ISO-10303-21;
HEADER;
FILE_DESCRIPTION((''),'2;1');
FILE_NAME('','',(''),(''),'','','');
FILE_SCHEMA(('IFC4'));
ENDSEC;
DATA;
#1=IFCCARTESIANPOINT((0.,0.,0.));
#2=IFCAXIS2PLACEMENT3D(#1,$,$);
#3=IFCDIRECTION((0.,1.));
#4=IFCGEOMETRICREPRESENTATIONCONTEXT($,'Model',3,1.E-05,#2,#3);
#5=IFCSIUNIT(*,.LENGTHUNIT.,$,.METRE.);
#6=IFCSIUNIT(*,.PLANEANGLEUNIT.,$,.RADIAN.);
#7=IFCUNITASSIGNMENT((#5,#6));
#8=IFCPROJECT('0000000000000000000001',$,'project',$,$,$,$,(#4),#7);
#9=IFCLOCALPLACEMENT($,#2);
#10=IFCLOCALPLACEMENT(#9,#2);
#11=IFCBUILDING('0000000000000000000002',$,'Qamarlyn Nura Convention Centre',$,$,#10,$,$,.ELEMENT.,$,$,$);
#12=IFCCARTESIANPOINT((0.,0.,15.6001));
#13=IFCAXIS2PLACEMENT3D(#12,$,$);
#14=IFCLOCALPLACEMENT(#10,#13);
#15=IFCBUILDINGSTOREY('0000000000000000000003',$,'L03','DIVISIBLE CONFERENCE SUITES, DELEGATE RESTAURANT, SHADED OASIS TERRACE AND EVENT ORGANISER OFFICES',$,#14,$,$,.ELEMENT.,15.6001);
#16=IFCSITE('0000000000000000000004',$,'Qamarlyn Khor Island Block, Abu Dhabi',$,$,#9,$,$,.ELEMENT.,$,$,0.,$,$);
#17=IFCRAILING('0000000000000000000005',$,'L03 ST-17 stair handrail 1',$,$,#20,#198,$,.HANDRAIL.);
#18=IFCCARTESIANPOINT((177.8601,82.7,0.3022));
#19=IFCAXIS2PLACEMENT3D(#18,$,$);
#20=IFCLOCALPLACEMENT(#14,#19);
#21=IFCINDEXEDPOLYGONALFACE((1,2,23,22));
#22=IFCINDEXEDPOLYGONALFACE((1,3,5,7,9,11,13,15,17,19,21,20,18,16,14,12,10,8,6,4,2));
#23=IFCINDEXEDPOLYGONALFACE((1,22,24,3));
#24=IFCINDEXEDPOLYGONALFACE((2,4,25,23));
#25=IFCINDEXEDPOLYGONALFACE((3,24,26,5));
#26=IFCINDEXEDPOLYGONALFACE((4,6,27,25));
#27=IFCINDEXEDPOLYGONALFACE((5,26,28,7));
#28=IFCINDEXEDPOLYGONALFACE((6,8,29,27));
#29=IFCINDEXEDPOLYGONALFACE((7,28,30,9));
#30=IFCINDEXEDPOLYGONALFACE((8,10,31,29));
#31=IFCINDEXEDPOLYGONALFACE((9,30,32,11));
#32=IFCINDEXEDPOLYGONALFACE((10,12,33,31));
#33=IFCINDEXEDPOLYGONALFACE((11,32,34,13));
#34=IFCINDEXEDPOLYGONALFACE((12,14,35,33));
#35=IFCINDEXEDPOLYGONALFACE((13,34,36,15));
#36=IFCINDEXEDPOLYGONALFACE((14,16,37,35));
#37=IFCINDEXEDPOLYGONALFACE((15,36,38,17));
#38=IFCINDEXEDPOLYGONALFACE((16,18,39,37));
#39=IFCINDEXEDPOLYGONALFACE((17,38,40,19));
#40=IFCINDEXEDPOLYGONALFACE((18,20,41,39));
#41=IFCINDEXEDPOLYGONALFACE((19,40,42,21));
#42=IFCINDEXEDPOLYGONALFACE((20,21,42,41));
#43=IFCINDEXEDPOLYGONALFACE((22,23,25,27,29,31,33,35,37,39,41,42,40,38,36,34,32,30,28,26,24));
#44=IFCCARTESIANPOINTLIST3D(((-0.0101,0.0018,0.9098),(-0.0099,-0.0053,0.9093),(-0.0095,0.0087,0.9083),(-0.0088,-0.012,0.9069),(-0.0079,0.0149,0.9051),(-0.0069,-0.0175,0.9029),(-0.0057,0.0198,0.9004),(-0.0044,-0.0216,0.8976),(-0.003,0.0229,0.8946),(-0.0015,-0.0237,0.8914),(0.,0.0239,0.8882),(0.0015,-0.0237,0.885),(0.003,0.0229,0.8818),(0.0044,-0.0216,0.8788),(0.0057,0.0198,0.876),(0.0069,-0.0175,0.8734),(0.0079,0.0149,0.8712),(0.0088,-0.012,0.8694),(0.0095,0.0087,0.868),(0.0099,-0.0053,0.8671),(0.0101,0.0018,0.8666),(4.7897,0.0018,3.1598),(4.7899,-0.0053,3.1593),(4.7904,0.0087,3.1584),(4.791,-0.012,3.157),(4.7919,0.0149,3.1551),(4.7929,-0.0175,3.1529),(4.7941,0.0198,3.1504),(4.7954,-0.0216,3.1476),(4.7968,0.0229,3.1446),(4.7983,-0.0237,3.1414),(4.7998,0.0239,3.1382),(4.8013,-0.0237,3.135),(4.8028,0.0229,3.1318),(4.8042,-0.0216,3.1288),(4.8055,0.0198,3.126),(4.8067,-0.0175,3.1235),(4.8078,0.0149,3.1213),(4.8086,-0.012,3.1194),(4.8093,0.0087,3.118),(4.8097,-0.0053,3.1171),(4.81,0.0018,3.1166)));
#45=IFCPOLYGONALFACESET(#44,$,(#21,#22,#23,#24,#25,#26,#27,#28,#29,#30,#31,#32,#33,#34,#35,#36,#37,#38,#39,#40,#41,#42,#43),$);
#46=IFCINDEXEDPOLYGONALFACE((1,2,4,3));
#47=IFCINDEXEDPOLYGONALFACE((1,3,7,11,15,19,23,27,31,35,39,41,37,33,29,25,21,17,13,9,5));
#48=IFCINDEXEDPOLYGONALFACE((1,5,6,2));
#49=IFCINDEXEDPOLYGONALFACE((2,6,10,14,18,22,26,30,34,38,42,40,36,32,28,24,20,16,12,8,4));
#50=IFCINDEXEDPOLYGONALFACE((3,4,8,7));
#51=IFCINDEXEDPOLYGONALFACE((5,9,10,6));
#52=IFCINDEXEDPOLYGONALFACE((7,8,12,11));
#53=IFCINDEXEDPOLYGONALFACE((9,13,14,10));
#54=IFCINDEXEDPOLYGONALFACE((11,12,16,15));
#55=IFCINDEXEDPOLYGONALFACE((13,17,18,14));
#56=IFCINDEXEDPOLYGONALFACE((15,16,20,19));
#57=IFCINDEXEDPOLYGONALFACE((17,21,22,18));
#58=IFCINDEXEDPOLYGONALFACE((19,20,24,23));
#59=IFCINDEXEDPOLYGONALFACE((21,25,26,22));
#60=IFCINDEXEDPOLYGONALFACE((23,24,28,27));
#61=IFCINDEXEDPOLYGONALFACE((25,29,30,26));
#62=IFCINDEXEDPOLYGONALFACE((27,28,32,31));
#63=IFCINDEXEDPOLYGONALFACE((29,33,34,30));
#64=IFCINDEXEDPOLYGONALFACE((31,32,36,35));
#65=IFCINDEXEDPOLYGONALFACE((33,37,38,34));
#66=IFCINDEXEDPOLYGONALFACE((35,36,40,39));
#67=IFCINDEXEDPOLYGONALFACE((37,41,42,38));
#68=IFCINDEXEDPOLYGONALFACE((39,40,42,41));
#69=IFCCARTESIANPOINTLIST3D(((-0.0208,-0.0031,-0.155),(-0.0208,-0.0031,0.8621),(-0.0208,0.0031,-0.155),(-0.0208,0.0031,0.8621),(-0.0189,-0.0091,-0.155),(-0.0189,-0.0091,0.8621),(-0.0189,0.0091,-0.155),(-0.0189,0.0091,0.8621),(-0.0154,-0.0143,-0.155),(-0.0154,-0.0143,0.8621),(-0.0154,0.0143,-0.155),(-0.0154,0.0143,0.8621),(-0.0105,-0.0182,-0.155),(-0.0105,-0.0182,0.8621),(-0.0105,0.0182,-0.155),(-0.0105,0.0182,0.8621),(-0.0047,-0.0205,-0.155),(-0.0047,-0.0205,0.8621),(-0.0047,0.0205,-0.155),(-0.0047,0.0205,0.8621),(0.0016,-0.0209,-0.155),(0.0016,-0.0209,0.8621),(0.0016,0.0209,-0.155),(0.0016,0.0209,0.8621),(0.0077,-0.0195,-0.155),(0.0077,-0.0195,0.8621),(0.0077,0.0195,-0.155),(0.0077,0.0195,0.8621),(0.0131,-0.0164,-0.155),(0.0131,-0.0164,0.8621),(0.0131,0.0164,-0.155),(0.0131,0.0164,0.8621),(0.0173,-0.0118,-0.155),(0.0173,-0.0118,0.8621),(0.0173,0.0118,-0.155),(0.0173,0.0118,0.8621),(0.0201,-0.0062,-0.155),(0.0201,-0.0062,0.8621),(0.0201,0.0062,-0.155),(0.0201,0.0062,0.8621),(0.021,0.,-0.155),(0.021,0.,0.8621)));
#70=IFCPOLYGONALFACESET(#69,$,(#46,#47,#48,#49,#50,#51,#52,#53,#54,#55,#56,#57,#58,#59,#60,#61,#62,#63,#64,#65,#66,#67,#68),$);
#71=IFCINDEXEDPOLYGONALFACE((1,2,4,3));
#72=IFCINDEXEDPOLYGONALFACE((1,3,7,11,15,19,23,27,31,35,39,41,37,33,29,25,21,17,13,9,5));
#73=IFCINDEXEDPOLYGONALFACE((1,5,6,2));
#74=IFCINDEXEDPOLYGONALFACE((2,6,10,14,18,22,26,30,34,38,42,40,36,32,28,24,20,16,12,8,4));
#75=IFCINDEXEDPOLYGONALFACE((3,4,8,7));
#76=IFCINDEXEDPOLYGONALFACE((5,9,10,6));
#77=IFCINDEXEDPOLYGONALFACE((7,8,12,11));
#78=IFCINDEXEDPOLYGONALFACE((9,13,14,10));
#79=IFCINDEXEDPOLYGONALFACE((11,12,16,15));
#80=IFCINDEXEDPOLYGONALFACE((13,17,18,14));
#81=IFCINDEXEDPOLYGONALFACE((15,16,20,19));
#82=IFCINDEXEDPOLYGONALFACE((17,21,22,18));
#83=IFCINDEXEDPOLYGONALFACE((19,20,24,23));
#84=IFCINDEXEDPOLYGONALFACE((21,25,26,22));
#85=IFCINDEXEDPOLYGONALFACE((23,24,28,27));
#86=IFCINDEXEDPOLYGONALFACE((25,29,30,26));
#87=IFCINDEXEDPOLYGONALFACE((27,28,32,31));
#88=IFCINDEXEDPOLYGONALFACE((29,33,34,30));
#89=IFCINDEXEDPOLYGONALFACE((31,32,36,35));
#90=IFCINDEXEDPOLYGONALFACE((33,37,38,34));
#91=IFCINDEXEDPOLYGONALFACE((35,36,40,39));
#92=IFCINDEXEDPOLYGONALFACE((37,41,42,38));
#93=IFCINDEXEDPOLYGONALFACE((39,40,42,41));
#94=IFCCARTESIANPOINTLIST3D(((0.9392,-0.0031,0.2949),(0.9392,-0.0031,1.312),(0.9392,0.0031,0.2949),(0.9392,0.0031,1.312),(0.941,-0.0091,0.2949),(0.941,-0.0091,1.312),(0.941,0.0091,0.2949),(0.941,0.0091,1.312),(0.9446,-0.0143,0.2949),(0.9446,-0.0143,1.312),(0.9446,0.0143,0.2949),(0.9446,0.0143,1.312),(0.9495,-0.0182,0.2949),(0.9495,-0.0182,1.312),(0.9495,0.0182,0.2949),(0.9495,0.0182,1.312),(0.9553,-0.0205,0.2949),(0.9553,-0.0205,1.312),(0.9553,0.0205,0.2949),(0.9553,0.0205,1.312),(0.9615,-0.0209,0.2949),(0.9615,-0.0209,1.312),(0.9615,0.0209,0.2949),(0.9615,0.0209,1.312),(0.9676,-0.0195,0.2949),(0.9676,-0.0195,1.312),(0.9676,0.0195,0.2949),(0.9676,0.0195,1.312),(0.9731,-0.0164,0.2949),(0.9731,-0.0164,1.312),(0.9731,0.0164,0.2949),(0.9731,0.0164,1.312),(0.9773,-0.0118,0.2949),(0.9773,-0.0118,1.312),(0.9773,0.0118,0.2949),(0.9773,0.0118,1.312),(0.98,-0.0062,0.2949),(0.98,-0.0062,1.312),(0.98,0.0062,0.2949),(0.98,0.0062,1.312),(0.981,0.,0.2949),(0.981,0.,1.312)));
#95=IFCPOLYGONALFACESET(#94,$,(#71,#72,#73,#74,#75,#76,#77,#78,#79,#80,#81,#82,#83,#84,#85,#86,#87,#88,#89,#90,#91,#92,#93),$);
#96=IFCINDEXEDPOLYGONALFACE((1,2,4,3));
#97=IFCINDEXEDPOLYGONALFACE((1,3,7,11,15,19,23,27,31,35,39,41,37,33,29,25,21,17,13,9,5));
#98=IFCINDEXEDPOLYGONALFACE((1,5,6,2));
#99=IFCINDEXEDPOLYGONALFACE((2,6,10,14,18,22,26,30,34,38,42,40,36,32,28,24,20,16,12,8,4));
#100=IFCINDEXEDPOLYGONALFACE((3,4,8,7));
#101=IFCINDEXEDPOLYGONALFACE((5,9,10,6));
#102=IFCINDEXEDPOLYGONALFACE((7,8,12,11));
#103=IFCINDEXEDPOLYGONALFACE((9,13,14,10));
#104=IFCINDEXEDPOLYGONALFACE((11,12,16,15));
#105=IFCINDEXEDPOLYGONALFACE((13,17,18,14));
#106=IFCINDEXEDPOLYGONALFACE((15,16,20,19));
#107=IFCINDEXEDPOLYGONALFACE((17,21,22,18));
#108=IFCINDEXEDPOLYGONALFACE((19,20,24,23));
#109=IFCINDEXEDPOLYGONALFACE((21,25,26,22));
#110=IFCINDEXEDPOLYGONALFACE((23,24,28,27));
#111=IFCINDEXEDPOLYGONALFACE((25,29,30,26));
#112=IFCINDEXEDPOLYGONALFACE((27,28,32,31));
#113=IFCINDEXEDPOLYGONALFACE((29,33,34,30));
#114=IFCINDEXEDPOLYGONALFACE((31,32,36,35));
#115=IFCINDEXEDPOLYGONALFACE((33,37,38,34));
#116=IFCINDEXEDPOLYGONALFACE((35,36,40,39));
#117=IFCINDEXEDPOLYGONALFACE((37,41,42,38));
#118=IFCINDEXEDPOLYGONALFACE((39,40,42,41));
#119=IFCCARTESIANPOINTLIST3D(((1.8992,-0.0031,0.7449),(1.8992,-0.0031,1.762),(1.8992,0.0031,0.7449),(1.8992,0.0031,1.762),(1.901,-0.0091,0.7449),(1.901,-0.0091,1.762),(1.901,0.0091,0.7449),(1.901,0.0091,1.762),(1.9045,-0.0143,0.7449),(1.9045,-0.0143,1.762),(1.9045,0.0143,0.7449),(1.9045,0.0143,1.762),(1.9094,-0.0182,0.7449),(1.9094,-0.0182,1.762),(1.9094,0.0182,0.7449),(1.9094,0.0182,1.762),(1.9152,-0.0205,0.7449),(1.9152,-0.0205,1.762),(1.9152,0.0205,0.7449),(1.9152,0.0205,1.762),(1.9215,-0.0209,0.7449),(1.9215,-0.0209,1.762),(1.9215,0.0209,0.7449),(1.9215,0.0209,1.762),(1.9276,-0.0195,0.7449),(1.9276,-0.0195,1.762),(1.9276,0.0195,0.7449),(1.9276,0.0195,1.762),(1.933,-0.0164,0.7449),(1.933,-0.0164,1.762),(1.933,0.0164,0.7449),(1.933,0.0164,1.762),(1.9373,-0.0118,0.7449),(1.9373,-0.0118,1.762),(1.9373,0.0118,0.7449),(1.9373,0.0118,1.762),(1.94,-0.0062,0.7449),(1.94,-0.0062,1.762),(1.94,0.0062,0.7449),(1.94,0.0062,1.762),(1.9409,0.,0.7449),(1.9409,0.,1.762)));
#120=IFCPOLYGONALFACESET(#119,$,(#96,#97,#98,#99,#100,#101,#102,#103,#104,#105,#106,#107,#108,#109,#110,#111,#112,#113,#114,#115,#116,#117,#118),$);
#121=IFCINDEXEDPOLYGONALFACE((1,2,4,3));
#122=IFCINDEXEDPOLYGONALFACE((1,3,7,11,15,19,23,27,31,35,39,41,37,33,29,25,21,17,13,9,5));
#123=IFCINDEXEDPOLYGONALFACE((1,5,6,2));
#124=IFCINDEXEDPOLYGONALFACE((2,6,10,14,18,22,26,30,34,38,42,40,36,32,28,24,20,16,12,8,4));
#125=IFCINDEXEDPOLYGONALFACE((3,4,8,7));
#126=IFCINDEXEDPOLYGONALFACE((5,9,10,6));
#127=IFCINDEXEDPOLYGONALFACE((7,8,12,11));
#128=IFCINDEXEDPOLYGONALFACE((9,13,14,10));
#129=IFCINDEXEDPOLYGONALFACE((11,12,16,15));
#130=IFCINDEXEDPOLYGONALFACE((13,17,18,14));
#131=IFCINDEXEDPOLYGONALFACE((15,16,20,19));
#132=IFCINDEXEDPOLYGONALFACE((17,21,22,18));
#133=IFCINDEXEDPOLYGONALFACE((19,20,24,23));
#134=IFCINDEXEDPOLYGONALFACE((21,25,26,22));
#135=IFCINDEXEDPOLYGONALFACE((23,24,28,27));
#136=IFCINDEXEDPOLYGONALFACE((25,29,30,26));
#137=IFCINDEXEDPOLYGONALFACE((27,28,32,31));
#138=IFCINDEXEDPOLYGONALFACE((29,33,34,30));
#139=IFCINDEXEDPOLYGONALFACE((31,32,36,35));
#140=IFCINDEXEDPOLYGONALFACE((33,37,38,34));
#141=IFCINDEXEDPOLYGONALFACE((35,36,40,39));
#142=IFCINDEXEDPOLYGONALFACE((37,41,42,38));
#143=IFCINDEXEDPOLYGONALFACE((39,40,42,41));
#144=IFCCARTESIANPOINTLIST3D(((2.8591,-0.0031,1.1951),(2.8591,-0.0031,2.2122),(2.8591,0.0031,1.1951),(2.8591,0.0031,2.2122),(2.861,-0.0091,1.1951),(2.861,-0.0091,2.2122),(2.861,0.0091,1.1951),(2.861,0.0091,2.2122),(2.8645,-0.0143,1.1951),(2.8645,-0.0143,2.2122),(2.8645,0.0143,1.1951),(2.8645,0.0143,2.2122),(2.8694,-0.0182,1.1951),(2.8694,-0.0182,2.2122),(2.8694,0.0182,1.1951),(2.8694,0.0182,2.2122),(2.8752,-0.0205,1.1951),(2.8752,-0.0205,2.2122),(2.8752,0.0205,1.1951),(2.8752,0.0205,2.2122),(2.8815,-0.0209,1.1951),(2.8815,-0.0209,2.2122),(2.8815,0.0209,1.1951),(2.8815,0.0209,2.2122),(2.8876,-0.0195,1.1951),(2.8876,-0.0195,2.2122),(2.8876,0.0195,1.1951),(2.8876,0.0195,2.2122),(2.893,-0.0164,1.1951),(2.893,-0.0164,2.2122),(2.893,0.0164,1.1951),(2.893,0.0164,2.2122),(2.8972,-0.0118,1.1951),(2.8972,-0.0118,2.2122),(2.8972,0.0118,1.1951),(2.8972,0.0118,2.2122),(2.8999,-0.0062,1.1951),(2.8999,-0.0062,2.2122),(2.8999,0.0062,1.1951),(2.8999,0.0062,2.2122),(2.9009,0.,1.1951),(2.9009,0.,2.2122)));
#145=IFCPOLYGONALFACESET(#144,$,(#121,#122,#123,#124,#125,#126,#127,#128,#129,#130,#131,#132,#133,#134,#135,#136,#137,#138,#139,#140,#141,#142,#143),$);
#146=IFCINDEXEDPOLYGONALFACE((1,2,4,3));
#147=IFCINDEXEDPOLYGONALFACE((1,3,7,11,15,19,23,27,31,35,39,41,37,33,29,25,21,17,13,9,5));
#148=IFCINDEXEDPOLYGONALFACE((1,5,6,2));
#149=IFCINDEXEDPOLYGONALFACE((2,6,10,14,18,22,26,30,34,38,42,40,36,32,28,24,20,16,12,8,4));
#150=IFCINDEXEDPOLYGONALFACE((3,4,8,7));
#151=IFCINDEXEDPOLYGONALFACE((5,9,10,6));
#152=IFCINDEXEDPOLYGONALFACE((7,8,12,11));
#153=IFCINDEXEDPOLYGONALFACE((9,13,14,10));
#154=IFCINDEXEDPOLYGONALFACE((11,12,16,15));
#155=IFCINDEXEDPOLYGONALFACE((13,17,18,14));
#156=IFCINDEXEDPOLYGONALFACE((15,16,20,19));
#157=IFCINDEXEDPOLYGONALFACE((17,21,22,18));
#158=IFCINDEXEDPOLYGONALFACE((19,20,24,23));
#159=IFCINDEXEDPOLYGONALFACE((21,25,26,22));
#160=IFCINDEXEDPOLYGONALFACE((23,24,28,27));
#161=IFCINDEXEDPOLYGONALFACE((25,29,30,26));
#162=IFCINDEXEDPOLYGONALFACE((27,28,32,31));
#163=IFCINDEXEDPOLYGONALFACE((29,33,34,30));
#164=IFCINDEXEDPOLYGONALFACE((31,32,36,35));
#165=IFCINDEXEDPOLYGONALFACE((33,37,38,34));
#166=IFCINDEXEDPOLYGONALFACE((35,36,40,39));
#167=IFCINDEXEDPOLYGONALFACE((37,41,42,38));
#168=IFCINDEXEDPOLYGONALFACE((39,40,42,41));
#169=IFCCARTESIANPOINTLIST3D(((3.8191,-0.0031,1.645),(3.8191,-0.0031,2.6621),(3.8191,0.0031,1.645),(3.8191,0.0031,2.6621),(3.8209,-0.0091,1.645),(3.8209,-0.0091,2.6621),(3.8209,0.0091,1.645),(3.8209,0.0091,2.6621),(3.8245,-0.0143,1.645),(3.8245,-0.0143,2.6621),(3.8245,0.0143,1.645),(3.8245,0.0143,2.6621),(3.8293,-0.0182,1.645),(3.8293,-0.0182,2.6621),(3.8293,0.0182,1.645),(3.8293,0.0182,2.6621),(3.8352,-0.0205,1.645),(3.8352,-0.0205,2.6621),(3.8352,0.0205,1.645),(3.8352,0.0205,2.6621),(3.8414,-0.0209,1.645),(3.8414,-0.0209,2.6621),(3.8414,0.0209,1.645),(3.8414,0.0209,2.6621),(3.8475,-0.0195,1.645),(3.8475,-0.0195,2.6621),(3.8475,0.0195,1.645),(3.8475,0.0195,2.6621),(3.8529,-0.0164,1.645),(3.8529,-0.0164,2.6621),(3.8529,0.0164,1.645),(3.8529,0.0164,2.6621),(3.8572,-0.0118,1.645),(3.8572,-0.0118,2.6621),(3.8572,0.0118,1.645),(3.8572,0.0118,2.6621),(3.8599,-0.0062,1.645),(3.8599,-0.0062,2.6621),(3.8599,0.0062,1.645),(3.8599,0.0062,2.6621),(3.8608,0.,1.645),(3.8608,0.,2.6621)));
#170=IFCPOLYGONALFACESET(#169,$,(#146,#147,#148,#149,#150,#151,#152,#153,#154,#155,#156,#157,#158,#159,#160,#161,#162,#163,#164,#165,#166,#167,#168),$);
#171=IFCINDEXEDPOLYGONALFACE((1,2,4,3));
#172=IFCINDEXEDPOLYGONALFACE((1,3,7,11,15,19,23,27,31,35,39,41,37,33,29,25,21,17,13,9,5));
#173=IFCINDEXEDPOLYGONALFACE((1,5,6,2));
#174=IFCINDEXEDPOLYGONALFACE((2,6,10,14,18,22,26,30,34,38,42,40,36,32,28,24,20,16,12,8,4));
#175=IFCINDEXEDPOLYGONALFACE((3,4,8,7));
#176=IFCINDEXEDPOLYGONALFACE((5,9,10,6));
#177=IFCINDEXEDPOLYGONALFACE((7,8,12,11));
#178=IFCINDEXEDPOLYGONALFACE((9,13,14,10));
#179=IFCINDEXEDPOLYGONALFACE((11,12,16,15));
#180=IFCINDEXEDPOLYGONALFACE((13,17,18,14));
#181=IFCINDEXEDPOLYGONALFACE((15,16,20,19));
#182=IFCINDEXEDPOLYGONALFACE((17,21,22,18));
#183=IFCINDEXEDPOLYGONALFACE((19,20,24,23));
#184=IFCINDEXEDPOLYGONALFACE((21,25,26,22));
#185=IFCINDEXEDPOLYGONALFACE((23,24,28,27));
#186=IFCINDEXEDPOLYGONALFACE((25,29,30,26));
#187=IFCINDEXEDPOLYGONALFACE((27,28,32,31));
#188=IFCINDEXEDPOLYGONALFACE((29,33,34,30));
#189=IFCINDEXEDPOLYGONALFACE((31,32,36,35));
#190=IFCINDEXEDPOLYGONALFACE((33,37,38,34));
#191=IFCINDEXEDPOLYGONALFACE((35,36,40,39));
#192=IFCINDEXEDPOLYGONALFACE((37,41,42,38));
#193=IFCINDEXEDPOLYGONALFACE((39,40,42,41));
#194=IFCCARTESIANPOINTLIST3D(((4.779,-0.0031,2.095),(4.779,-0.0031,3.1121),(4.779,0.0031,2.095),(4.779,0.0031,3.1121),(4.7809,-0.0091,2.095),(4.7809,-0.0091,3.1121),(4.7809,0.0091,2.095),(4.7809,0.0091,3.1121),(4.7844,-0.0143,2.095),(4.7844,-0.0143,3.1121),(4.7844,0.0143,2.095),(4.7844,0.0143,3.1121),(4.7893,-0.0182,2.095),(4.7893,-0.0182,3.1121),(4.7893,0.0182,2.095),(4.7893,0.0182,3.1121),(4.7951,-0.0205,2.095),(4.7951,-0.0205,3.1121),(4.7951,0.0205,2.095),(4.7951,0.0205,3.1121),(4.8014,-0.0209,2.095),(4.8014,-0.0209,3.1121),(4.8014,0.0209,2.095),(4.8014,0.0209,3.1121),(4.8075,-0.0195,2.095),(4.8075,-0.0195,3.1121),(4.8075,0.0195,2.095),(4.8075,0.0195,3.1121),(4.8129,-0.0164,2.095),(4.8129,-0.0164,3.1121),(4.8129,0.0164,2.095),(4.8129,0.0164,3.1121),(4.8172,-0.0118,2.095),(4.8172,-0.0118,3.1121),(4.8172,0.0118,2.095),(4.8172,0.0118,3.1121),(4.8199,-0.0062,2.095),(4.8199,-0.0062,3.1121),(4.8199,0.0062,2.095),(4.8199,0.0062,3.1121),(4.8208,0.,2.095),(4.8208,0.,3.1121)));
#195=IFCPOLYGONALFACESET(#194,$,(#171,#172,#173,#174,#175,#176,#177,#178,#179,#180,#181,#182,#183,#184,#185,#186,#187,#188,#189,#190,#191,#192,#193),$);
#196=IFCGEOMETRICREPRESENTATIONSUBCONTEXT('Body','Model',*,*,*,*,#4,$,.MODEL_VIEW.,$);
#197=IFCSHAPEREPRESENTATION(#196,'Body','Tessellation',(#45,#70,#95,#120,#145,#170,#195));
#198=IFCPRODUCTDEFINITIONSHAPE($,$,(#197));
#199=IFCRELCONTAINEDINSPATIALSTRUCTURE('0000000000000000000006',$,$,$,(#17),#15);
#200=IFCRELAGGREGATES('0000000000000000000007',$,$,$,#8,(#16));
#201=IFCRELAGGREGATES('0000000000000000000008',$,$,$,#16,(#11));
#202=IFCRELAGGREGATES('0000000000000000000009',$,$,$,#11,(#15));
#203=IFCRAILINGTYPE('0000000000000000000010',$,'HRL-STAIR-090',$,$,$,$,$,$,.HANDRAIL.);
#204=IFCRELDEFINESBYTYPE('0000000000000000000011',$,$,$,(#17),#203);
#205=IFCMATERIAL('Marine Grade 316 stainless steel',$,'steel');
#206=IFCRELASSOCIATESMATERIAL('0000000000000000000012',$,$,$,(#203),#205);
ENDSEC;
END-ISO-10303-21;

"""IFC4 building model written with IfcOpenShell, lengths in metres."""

from ifc_helpers import new_model, si_unit, direction, frame, origin, origin_2d, place, context, subcontext, project, spatial, circle, extrude, material, type_object, element, save


model = new_model("IFC4")

# Units and contexts
model_context = context("Model", 3, precision=1e-05, world=origin(), true_north=direction((0.0, 1.0)))
body_context = subcontext(model_context, "Body", "Model", "MODEL_VIEW")
ifc_project = project(units=[si_unit("LENGTHUNIT", "METRE"), si_unit("PLANEANGLEUNIT", "RADIAN")], contexts=[model_context])

# Site, building, storey
site_placement = place(None, origin())
site = spatial("IfcSite", under=ifc_project, at=site_placement, Name="Qamarlyn Khor Island Block, Abu Dhabi", CompositionType="ELEMENT", RefElevation=0.0)
building_placement = place(site_placement, origin())
building = spatial("IfcBuilding", under=site, at=building_placement, Name="Qamarlyn Nura Convention Centre", CompositionType="ELEMENT")
storey_placement = place(building_placement, frame((0.0, 0.0, 15.6001)))
storey = spatial("IfcBuildingStorey", under=building, at=storey_placement, Name="L03", Description="DIVISIBLE CONFERENCE SUITES, DELEGATE RESTAURANT, SHADED OASIS TERRACE AND EVENT ORGANISER OFFICES", CompositionType="ELEMENT", Elevation=15.6001)

# Railing
ifc_material_1 = material(Name="Marine Grade 316 stainless steel", Category="steel")
railing_type_1 = type_object("IfcRailingType", Name="HRL-STAIR-090", PredefinedType="HANDRAIL", material=ifc_material_1)
railing_1_placement = place(storey_placement, frame((177.8601, 82.7, 0.3022)))
element("IfcRailing", 1, at=railing_1_placement, inside=storey, type_object=railing_type_1, Name="L03 ST-17 stair handrail 1", PredefinedType="HANDRAIL", context=body_context, shape_type="SweptSolid", body=[
    extrude(circle(Radius=0.0239, at=origin_2d()), frame((0.0, 0.0, 0.8882), z_axis=(0.905452, 0.0, 0.424448), x_axis=(0.0, 1.0, 0.0)), (0.0, 0.0, 1.0), 5.301),
    extrude(circle(Radius=0.021, at=origin_2d()), frame((0.0, 0.0, -0.155)), (0.0, 0.0, 1.0), 1.0171),
    extrude(circle(Radius=0.021, at=origin_2d()), frame((0.96, 0.0, 0.2949)), (0.0, 0.0, 1.0), 1.0171),
    extrude(circle(Radius=0.021, at=origin_2d()), frame((1.9199, 0.0, 0.7449)), (0.0, 0.0, 1.0), 1.0171),
    extrude(circle(Radius=0.021, at=origin_2d()), frame((2.8799, 0.0, 1.1951)), (0.0, 0.0, 1.0), 1.0171),
    extrude(circle(Radius=0.021, at=origin_2d()), frame((3.8398, 0.0, 1.645)), (0.0, 0.0, 1.0), 1.0171),
    extrude(circle(Radius=0.021, at=origin_2d()), frame((4.7998, 0.0, 2.095)), (0.0, 0.0, 1.0), 1.0171),
])

save(model, "model.ifc")
